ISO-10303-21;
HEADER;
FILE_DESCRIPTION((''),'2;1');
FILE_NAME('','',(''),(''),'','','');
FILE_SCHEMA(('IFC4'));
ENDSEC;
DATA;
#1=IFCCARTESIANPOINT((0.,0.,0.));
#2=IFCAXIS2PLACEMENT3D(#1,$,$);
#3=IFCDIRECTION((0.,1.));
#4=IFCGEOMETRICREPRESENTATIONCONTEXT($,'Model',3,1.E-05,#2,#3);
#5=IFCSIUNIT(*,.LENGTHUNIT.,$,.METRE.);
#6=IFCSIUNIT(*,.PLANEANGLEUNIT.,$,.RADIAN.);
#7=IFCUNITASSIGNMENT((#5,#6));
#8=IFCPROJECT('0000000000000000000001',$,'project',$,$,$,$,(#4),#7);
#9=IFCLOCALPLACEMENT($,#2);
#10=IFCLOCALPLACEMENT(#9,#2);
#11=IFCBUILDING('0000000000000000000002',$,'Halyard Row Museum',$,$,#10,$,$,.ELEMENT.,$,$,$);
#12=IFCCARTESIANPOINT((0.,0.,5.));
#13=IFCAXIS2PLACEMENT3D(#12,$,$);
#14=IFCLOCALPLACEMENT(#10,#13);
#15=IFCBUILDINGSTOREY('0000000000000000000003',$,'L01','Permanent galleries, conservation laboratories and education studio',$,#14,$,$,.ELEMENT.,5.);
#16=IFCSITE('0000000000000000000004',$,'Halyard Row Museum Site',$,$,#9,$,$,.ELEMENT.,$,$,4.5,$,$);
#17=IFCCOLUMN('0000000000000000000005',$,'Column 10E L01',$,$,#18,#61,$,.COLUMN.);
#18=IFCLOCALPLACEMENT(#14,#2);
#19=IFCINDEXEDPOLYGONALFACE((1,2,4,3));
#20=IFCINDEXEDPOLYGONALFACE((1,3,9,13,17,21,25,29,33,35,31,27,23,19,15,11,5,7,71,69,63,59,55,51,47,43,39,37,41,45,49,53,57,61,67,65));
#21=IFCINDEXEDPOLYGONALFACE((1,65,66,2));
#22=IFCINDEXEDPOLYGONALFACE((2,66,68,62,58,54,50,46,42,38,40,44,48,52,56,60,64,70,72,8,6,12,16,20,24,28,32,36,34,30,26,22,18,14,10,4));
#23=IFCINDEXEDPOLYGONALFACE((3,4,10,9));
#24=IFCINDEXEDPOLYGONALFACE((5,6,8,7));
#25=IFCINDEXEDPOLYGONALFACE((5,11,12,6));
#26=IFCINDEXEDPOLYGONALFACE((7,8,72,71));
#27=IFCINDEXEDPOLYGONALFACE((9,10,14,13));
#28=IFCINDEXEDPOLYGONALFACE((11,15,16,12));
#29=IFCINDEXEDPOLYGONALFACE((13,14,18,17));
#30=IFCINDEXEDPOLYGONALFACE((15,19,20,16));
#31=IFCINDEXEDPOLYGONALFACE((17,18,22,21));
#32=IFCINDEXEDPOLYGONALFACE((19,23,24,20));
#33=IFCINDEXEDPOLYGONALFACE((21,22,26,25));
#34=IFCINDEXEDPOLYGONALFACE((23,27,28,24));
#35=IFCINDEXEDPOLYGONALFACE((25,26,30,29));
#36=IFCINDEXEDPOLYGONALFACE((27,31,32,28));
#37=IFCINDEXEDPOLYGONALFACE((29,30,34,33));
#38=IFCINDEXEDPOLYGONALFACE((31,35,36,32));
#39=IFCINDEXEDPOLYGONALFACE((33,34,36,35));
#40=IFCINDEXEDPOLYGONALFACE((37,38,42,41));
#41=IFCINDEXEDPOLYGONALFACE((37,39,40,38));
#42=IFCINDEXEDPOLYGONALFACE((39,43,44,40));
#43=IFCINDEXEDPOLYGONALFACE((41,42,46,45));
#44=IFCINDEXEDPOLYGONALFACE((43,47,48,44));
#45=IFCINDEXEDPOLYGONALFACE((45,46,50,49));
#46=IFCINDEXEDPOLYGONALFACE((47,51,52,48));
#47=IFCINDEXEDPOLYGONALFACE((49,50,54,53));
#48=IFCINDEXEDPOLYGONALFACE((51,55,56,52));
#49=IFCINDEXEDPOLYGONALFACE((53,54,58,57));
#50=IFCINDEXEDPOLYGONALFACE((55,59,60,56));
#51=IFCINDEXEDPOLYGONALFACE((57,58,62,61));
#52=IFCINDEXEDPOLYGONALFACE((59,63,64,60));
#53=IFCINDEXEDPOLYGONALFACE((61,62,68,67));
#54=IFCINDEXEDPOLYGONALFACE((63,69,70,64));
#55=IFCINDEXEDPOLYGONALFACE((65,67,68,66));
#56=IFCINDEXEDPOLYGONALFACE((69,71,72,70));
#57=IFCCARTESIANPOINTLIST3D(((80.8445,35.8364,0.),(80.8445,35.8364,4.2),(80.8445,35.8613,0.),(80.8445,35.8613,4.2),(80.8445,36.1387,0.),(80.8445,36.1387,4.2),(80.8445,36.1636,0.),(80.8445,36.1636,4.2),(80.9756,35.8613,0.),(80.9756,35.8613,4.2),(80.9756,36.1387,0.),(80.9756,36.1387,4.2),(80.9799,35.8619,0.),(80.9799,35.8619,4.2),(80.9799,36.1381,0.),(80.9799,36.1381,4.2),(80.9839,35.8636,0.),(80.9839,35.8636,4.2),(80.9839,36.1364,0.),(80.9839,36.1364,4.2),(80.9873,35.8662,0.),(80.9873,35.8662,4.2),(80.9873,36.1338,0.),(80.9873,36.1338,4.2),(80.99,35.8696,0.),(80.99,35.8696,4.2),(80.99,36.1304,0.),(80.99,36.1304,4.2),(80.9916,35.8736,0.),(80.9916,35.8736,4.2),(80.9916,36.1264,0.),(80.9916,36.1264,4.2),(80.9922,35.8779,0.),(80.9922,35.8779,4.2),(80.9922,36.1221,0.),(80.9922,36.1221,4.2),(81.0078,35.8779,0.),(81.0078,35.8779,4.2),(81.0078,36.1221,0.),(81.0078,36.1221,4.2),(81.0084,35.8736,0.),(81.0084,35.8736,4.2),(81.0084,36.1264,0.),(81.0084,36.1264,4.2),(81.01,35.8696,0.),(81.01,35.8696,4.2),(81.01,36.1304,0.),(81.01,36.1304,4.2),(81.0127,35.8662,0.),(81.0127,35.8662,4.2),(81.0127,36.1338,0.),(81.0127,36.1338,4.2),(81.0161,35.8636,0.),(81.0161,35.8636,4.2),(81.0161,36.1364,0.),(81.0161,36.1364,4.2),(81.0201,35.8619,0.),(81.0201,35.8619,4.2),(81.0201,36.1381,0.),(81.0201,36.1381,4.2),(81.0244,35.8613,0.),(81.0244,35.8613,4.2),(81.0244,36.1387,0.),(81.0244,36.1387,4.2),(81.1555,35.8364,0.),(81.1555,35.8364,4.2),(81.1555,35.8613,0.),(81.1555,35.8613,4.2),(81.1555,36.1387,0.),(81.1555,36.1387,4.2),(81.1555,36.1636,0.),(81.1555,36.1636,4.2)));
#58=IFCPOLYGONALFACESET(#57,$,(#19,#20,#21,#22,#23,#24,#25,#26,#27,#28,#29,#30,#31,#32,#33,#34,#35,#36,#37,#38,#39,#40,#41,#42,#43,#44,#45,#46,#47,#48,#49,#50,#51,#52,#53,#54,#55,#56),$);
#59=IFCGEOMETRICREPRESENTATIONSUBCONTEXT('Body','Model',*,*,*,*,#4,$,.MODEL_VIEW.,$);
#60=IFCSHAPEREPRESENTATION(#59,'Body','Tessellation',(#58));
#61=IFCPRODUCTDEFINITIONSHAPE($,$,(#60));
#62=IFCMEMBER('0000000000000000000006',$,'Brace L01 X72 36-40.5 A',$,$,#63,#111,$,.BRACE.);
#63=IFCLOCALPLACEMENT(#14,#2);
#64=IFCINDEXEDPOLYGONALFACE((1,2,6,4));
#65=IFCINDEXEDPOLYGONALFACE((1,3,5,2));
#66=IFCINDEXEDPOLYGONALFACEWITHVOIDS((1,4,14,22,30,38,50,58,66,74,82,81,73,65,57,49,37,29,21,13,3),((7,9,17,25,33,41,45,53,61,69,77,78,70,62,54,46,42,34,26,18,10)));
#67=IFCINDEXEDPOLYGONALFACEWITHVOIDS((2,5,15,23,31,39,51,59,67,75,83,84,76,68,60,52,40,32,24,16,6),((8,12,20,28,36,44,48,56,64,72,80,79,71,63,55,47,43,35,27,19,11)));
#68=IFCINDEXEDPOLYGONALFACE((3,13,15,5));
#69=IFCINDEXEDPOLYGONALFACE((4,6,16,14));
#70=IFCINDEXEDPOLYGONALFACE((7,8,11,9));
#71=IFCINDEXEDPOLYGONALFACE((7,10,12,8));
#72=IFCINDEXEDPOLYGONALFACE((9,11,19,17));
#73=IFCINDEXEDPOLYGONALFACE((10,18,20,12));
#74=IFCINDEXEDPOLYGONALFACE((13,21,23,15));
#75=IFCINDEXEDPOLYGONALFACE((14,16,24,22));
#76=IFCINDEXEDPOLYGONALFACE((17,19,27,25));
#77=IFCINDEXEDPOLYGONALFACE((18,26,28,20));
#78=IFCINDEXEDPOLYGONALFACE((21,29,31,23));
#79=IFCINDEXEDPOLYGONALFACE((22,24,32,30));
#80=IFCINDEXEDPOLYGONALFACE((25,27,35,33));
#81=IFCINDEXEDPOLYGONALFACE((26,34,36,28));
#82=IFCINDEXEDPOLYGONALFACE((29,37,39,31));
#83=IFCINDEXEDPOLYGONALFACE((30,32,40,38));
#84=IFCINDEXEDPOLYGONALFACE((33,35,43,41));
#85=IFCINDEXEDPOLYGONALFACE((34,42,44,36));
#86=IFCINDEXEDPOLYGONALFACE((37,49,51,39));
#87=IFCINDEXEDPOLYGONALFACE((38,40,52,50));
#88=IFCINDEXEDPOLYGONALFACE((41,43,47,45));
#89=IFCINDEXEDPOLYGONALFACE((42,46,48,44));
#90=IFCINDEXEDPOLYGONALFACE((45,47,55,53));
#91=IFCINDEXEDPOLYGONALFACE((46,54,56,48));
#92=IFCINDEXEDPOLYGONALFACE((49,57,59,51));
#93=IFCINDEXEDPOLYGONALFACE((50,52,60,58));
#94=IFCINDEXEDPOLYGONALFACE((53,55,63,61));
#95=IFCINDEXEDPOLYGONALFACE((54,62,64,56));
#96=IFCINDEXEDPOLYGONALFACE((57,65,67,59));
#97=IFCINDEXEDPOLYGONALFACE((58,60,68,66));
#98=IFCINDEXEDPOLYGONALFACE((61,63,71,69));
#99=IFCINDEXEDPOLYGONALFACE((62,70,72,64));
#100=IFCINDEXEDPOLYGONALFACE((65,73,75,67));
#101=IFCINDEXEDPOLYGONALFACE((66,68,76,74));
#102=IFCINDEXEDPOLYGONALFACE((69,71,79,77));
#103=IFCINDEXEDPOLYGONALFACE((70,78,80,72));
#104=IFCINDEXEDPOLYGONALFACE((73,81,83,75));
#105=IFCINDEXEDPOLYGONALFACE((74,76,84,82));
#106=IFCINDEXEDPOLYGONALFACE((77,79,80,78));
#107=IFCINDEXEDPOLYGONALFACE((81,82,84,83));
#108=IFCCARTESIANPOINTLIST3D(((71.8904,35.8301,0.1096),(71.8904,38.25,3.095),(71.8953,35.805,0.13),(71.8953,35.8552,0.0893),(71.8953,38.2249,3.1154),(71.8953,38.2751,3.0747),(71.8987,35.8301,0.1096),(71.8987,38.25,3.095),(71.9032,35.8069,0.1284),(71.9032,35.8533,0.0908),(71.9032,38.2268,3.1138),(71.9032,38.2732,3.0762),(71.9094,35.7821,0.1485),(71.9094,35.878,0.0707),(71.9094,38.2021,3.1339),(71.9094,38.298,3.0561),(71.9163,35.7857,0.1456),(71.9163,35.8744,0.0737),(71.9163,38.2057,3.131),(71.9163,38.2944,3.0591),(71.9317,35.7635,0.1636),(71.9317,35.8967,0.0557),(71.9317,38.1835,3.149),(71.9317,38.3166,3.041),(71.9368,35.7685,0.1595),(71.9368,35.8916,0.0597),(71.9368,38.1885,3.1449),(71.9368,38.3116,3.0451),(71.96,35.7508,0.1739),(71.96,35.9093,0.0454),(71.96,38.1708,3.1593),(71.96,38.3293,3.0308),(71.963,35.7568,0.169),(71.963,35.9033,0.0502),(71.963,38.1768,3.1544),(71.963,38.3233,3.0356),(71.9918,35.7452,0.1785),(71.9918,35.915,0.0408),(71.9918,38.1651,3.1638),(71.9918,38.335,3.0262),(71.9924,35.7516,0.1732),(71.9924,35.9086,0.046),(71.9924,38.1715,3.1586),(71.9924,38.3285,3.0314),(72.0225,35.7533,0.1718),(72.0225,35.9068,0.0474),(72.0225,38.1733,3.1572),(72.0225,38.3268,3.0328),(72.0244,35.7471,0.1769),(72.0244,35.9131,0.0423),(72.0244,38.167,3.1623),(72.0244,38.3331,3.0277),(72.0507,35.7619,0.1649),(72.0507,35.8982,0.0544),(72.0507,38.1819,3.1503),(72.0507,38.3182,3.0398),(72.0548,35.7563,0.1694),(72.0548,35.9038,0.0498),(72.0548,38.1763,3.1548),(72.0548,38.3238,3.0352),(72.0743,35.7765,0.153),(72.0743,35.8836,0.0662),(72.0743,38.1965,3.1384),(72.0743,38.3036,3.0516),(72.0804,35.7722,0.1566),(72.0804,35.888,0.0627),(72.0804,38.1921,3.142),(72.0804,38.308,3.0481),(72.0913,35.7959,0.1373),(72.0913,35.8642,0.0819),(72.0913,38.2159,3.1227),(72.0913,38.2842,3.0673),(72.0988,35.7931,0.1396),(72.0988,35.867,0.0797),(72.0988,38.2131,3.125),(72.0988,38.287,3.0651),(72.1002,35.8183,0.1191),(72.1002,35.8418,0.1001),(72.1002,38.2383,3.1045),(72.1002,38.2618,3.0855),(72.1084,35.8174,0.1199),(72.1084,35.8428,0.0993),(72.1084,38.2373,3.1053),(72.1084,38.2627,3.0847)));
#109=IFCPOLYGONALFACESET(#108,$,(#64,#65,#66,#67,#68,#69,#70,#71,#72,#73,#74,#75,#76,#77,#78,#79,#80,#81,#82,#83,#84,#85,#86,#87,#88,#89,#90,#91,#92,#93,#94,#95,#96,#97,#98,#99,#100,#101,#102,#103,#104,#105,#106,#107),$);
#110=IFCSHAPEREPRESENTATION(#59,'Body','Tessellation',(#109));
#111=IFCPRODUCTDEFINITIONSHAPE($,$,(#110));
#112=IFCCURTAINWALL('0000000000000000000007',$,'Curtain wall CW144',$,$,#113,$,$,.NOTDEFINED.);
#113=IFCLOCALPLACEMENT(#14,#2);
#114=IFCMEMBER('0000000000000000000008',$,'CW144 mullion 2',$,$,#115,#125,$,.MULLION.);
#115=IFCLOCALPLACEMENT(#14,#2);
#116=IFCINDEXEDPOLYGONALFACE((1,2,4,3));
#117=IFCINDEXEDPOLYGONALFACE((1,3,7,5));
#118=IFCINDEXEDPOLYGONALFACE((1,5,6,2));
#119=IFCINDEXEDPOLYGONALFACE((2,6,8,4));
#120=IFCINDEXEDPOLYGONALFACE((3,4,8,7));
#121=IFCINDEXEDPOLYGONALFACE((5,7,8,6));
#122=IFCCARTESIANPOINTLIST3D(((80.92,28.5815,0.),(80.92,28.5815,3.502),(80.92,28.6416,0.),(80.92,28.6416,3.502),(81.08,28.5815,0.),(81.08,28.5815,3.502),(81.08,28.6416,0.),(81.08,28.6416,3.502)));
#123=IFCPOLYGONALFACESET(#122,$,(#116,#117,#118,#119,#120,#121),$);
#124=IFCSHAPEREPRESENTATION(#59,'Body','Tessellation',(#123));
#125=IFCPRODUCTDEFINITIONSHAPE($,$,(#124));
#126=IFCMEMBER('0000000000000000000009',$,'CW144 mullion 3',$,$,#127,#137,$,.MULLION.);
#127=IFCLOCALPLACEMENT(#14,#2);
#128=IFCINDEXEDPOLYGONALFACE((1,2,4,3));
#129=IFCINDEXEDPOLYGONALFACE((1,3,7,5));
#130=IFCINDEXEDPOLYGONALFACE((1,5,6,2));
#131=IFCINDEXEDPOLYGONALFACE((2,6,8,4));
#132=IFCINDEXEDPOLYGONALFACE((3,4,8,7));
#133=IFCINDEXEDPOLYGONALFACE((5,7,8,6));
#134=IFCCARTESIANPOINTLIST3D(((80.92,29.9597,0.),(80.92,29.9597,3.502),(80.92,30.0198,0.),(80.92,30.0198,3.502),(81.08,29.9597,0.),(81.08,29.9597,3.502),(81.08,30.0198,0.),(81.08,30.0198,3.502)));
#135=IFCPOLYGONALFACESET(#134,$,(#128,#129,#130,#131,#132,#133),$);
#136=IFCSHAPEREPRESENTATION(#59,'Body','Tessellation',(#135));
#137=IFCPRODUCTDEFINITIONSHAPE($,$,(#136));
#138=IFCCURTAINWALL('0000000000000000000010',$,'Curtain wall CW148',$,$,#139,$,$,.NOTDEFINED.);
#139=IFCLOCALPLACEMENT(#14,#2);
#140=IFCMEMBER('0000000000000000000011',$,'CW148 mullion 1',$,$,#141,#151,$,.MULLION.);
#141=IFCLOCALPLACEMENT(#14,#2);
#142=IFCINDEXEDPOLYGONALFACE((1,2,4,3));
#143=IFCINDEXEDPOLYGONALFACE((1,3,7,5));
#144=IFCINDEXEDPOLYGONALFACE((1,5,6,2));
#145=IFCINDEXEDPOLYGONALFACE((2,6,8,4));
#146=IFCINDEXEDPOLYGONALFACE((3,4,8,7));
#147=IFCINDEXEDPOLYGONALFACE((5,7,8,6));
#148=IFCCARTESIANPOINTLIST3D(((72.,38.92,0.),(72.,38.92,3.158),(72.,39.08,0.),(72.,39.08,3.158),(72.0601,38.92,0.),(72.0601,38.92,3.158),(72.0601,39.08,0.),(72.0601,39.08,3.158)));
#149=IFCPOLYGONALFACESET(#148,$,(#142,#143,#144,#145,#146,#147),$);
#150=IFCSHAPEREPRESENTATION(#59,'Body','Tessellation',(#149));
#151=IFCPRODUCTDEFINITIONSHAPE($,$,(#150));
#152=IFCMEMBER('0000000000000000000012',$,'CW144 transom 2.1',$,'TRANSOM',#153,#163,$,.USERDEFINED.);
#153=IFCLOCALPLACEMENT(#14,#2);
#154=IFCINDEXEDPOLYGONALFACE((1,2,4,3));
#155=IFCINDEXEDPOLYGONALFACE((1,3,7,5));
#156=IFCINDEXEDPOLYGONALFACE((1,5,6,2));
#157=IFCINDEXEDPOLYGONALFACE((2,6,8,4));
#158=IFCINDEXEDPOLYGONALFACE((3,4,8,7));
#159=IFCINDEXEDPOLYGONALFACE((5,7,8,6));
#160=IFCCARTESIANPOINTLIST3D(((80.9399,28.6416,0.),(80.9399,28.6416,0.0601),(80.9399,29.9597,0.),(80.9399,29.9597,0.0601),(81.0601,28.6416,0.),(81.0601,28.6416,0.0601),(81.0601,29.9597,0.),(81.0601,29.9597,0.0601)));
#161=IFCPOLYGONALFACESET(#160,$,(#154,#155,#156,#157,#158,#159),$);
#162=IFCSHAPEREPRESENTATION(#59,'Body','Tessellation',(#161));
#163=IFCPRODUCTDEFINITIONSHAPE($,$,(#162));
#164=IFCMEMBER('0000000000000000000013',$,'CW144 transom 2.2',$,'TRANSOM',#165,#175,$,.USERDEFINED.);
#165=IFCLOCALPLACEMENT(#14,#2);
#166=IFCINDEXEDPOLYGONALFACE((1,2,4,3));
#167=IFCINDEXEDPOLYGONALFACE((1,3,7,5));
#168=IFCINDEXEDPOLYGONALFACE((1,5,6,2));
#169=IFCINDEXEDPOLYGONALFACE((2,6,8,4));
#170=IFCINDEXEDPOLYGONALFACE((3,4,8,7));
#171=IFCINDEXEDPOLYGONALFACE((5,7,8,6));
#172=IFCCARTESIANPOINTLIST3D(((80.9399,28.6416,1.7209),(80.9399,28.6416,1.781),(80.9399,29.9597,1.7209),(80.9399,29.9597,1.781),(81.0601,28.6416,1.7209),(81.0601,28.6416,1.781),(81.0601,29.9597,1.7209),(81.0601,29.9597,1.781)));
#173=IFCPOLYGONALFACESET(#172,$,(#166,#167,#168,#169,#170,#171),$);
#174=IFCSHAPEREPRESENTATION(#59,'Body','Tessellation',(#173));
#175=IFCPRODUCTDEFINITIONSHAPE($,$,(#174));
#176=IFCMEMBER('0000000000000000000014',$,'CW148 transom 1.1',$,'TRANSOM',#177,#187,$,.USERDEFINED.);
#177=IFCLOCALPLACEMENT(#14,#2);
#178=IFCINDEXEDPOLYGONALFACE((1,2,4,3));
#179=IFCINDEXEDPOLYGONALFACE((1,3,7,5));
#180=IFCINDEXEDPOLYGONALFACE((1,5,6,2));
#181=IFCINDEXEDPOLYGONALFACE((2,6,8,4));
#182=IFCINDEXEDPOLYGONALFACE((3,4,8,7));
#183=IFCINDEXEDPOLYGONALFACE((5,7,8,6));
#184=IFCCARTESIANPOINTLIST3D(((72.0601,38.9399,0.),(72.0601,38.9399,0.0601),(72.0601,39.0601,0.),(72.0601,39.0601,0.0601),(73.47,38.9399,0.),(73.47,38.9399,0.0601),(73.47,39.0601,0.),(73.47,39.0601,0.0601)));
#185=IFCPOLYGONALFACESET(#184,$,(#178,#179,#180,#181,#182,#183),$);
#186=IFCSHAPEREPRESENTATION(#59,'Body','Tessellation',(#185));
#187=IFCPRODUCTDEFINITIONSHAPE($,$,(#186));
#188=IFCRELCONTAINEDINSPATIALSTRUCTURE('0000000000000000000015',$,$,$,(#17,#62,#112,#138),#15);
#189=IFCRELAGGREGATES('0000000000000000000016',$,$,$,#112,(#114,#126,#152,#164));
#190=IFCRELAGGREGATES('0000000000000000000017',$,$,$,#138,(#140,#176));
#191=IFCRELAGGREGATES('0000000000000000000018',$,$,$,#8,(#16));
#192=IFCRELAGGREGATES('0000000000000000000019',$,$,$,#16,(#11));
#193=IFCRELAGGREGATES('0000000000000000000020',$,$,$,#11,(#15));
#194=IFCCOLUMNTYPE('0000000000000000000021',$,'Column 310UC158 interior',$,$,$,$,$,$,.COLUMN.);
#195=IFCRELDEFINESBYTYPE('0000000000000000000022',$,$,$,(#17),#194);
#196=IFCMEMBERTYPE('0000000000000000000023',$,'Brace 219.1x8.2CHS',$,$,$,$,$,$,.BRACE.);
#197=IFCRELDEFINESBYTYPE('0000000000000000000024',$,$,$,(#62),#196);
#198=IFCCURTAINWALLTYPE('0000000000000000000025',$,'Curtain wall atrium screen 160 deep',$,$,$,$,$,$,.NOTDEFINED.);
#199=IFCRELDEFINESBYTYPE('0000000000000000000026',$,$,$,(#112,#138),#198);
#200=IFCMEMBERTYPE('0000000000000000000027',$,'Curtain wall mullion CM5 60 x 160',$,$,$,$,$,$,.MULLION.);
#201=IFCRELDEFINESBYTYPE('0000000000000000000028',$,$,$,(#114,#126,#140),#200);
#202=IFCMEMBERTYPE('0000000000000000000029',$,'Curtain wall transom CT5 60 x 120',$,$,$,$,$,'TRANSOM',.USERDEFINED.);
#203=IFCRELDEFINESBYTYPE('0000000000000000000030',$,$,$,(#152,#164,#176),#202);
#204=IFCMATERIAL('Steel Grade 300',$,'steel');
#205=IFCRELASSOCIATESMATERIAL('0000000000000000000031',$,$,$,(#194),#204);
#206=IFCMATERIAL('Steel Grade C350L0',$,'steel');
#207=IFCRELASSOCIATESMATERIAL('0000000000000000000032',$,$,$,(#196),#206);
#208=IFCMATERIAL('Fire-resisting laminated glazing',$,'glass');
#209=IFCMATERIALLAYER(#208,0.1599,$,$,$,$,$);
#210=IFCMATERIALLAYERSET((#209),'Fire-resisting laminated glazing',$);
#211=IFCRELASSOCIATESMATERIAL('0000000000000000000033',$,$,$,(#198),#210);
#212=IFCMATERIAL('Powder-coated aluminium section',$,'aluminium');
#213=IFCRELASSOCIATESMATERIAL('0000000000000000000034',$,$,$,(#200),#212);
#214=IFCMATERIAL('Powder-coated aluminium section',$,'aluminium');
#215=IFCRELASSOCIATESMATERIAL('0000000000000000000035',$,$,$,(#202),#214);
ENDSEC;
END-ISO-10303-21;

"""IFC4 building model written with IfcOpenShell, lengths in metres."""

from ifc_helpers import new_model, si_unit, direction, frame, origin, origin_2d, place, context, subcontext, project, spatial, rectangle, hollow_circle, i_section, extrude, material, layer, layer_set, material_profile, profile_set, type_object, element, aggregate, save


model = new_model("IFC4")

# Units and contexts
model_context = context("Model", 3, precision=1e-05, world=origin(), true_north=direction((0.0, 1.0)))
body_context = subcontext(model_context, "Body", "Model", "MODEL_VIEW")
ifc_project = project(units=[si_unit("LENGTHUNIT", "METRE"), si_unit("PLANEANGLEUNIT", "RADIAN")], contexts=[model_context])

# Site, building, storey
site_placement = place(None, origin())
site = spatial("IfcSite", under=ifc_project, at=site_placement, Name="Halyard Row Museum Site", CompositionType="ELEMENT", RefElevation=4.5)
building_placement = place(site_placement, origin())
building = spatial("IfcBuilding", under=site, at=building_placement, Name="Halyard Row Museum", CompositionType="ELEMENT")
storey_placement = place(building_placement, frame((0.0, 0.0, 5.0)))
storey = spatial("IfcBuildingStorey", under=building, at=storey_placement, Name="L01", Description="Permanent galleries, conservation laboratories and education studio", CompositionType="ELEMENT", Elevation=5.0)

# Column
ifc_material_1 = material(Name="Steel Grade 300", Category="steel")
ifc_material_profile_1 = material_profile(ifc_material_1, i_section(OverallWidth=0.311, OverallDepth=0.3271, WebThickness=0.0156, FlangeThickness=0.0249, FilletRadius=0.0166, at=origin_2d()), Name="310UC158")
ifc_profile_set_1 = profile_set([ifc_material_profile_1], Name="Steel Grade 300")
column_type = type_object("IfcColumnType", Name="Column 310UC158 interior", PredefinedType="COLUMN", material=ifc_profile_set_1)
column_placement = place(storey_placement, frame((81.0, 36.0, 0.0), z_axis=(0.0, 0.0, 1.0), x_axis=(1.0, 0.0, 0.0)))
element("IfcColumn", 1, at=column_placement, inside=storey, type_object=column_type, Name="Column 10E L01", PredefinedType="COLUMN", context=body_context, shape_type="SweptSolid", body=[
    extrude(i_section(OverallWidth=0.311, OverallDepth=0.3271, WebThickness=0.0156, FlangeThickness=0.0249, FilletRadius=0.0166, at=origin_2d()), origin(), (0.0, 0.0, 1.0), 4.2),
])

# Member
ifc_material_2 = material(Name="Steel Grade C350L0", Category="steel")
ifc_material_profile_2 = material_profile(ifc_material_2, hollow_circle(Radius=0.1096, WallThickness=0.0083, at=origin_2d()), Name="219.1x8.2CHS")
ifc_profile_set_2 = profile_set([ifc_material_profile_2], Name="Steel Grade C350L0")
member_type_1 = type_object("IfcMemberType", Name="Brace 219.1x8.2CHS", PredefinedType="BRACE", material=ifc_profile_set_2)
member_1_placement = place(storey_placement, frame((72.0, 35.8301, 0.1096), z_axis=(0.0, 0.629703, 0.776836), x_axis=(-1.0, 0.0, 0.0)))
element("IfcMember", 2, at=member_1_placement, inside=storey, type_object=member_type_1, Name="Brace L01 X72 36-40.5 A", PredefinedType="BRACE", context=body_context, shape_type="SweptSolid", body=[
    extrude(hollow_circle(Radius=0.1096, WallThickness=0.0083, at=origin_2d()), origin(), (0.0, 0.0, 1.0), 3.843),
])

# Curtain wall, members
ifc_material_3 = material(Name="Fire-resisting laminated glazing", Category="glass")
ifc_layer_1 = layer(ifc_material_3, 0.1599)
ifc_layer_set_1 = layer_set([ifc_layer_1], Name="Fire-resisting laminated glazing")
curtain_wall_type = type_object("IfcCurtainWallType", Name="Curtain wall atrium screen 160 deep", PredefinedType="NOTDEFINED", material=ifc_layer_set_1)
curtain_wall_1_placement = place(storey_placement, origin())
curtain_wall_1 = element("IfcCurtainWall", 3, at=curtain_wall_1_placement, inside=storey, type_object=curtain_wall_type, Name="Curtain wall CW144", PredefinedType="NOTDEFINED")
ifc_material_4 = material(Name="Powder-coated aluminium section", Category="aluminium")
ifc_material_profile_3 = material_profile(ifc_material_4, rectangle(XDim=0.1599, YDim=0.0601, at=origin_2d()), Name="160x60 mullion")
ifc_profile_set_3 = profile_set([ifc_material_profile_3], Name="Powder-coated aluminium section")
member_type_2 = type_object("IfcMemberType", Name="Curtain wall mullion CM5 60 x 160", PredefinedType="MULLION", material=ifc_profile_set_3)
member_2_placement = place(storey_placement, frame((81.0, 28.6116, 0.0), z_axis=(0.0, 0.0, 1.0), x_axis=(-1.0, 0.0, 0.0)))
member_2 = element("IfcMember", 4, at=member_2_placement, type_object=member_type_2, Name="CW144 mullion 2", PredefinedType="MULLION", context=body_context, shape_type="SweptSolid", body=[
    extrude(rectangle(XDim=0.1599, YDim=0.0601, at=origin_2d()), origin(), (0.0, 0.0, 1.0), 3.502),
])
member_3_placement = place(storey_placement, frame((81.0, 29.9897, 0.0), z_axis=(0.0, 0.0, 1.0), x_axis=(-1.0, 0.0, 0.0)))
member_3 = element("IfcMember", 5, at=member_3_placement, type_object=member_type_2, Name="CW144 mullion 3", PredefinedType="MULLION", context=body_context, shape_type="SweptSolid", body=[
    extrude(rectangle(XDim=0.1599, YDim=0.0601, at=origin_2d()), origin(), (0.0, 0.0, 1.0), 3.502),
])

# Curtain wall, member
curtain_wall_2_placement = place(storey_placement, origin())
curtain_wall_2 = element("IfcCurtainWall", 6, at=curtain_wall_2_placement, inside=storey, type_object=curtain_wall_type, Name="Curtain wall CW148", PredefinedType="NOTDEFINED")
member_4_placement = place(storey_placement, frame((72.03, 39.0, 0.0), z_axis=(0.0, 0.0, 1.0), x_axis=(0.0, 1.0, 0.0)))
member_4 = element("IfcMember", 7, at=member_4_placement, type_object=member_type_2, Name="CW148 mullion 1", PredefinedType="MULLION", context=body_context, shape_type="SweptSolid", body=[
    extrude(rectangle(XDim=0.1599, YDim=0.0601, at=origin_2d()), origin(), (0.0, 0.0, 1.0), 3.158),
])

# Members
ifc_material_5 = material(Name="Powder-coated aluminium section", Category="aluminium")
ifc_material_profile_4 = material_profile(ifc_material_5, rectangle(XDim=0.1201, YDim=0.0601, at=origin_2d()), Name="120x60 transom")
ifc_profile_set_4 = profile_set([ifc_material_profile_4], Name="Powder-coated aluminium section")
member_type_3 = type_object("IfcMemberType", Name="Curtain wall transom CT5 60 x 120", ElementType="TRANSOM", PredefinedType="USERDEFINED", material=ifc_profile_set_4)
member_5_placement = place(storey_placement, frame((81.0, 28.6416, 0.03), z_axis=(0.0, 1.0, 0.0), x_axis=(-1.0, 0.0, 0.0)))
member_5 = element("IfcMember", 8, at=member_5_placement, type_object=member_type_3, Name="CW144 transom 2.1", ObjectType="TRANSOM", PredefinedType="USERDEFINED", context=body_context, shape_type="SweptSolid", body=[
    extrude(rectangle(XDim=0.1201, YDim=0.0601, at=origin_2d()), origin(), (0.0, 0.0, 1.0), 1.3181),
])
member_6_placement = place(storey_placement, frame((81.0, 28.6416, 1.751), z_axis=(0.0, 1.0, 0.0), x_axis=(-1.0, 0.0, 0.0)))
member_6 = element("IfcMember", 9, at=member_6_placement, type_object=member_type_3, Name="CW144 transom 2.2", ObjectType="TRANSOM", PredefinedType="USERDEFINED", context=body_context, shape_type="SweptSolid", body=[
    extrude(rectangle(XDim=0.1201, YDim=0.0601, at=origin_2d()), origin(), (0.0, 0.0, 1.0), 1.3181),
])
member_7_placement = place(storey_placement, frame((72.0601, 39.0, 0.03), z_axis=(1.0, 0.0, 0.0), x_axis=(0.0, 1.0, 0.0)))
member_7 = element("IfcMember", 10, at=member_7_placement, type_object=member_type_3, Name="CW148 transom 1.1", ObjectType="TRANSOM", PredefinedType="USERDEFINED", context=body_context, shape_type="SweptSolid", body=[
    extrude(rectangle(XDim=0.1201, YDim=0.0601, at=origin_2d()), origin(), (0.0, 0.0, 1.0), 1.4099),
])

aggregate(curtain_wall_1, [member_2, member_3, member_5, member_6])
aggregate(curtain_wall_2, [member_4, member_7])

save(model, "model.ifc")
